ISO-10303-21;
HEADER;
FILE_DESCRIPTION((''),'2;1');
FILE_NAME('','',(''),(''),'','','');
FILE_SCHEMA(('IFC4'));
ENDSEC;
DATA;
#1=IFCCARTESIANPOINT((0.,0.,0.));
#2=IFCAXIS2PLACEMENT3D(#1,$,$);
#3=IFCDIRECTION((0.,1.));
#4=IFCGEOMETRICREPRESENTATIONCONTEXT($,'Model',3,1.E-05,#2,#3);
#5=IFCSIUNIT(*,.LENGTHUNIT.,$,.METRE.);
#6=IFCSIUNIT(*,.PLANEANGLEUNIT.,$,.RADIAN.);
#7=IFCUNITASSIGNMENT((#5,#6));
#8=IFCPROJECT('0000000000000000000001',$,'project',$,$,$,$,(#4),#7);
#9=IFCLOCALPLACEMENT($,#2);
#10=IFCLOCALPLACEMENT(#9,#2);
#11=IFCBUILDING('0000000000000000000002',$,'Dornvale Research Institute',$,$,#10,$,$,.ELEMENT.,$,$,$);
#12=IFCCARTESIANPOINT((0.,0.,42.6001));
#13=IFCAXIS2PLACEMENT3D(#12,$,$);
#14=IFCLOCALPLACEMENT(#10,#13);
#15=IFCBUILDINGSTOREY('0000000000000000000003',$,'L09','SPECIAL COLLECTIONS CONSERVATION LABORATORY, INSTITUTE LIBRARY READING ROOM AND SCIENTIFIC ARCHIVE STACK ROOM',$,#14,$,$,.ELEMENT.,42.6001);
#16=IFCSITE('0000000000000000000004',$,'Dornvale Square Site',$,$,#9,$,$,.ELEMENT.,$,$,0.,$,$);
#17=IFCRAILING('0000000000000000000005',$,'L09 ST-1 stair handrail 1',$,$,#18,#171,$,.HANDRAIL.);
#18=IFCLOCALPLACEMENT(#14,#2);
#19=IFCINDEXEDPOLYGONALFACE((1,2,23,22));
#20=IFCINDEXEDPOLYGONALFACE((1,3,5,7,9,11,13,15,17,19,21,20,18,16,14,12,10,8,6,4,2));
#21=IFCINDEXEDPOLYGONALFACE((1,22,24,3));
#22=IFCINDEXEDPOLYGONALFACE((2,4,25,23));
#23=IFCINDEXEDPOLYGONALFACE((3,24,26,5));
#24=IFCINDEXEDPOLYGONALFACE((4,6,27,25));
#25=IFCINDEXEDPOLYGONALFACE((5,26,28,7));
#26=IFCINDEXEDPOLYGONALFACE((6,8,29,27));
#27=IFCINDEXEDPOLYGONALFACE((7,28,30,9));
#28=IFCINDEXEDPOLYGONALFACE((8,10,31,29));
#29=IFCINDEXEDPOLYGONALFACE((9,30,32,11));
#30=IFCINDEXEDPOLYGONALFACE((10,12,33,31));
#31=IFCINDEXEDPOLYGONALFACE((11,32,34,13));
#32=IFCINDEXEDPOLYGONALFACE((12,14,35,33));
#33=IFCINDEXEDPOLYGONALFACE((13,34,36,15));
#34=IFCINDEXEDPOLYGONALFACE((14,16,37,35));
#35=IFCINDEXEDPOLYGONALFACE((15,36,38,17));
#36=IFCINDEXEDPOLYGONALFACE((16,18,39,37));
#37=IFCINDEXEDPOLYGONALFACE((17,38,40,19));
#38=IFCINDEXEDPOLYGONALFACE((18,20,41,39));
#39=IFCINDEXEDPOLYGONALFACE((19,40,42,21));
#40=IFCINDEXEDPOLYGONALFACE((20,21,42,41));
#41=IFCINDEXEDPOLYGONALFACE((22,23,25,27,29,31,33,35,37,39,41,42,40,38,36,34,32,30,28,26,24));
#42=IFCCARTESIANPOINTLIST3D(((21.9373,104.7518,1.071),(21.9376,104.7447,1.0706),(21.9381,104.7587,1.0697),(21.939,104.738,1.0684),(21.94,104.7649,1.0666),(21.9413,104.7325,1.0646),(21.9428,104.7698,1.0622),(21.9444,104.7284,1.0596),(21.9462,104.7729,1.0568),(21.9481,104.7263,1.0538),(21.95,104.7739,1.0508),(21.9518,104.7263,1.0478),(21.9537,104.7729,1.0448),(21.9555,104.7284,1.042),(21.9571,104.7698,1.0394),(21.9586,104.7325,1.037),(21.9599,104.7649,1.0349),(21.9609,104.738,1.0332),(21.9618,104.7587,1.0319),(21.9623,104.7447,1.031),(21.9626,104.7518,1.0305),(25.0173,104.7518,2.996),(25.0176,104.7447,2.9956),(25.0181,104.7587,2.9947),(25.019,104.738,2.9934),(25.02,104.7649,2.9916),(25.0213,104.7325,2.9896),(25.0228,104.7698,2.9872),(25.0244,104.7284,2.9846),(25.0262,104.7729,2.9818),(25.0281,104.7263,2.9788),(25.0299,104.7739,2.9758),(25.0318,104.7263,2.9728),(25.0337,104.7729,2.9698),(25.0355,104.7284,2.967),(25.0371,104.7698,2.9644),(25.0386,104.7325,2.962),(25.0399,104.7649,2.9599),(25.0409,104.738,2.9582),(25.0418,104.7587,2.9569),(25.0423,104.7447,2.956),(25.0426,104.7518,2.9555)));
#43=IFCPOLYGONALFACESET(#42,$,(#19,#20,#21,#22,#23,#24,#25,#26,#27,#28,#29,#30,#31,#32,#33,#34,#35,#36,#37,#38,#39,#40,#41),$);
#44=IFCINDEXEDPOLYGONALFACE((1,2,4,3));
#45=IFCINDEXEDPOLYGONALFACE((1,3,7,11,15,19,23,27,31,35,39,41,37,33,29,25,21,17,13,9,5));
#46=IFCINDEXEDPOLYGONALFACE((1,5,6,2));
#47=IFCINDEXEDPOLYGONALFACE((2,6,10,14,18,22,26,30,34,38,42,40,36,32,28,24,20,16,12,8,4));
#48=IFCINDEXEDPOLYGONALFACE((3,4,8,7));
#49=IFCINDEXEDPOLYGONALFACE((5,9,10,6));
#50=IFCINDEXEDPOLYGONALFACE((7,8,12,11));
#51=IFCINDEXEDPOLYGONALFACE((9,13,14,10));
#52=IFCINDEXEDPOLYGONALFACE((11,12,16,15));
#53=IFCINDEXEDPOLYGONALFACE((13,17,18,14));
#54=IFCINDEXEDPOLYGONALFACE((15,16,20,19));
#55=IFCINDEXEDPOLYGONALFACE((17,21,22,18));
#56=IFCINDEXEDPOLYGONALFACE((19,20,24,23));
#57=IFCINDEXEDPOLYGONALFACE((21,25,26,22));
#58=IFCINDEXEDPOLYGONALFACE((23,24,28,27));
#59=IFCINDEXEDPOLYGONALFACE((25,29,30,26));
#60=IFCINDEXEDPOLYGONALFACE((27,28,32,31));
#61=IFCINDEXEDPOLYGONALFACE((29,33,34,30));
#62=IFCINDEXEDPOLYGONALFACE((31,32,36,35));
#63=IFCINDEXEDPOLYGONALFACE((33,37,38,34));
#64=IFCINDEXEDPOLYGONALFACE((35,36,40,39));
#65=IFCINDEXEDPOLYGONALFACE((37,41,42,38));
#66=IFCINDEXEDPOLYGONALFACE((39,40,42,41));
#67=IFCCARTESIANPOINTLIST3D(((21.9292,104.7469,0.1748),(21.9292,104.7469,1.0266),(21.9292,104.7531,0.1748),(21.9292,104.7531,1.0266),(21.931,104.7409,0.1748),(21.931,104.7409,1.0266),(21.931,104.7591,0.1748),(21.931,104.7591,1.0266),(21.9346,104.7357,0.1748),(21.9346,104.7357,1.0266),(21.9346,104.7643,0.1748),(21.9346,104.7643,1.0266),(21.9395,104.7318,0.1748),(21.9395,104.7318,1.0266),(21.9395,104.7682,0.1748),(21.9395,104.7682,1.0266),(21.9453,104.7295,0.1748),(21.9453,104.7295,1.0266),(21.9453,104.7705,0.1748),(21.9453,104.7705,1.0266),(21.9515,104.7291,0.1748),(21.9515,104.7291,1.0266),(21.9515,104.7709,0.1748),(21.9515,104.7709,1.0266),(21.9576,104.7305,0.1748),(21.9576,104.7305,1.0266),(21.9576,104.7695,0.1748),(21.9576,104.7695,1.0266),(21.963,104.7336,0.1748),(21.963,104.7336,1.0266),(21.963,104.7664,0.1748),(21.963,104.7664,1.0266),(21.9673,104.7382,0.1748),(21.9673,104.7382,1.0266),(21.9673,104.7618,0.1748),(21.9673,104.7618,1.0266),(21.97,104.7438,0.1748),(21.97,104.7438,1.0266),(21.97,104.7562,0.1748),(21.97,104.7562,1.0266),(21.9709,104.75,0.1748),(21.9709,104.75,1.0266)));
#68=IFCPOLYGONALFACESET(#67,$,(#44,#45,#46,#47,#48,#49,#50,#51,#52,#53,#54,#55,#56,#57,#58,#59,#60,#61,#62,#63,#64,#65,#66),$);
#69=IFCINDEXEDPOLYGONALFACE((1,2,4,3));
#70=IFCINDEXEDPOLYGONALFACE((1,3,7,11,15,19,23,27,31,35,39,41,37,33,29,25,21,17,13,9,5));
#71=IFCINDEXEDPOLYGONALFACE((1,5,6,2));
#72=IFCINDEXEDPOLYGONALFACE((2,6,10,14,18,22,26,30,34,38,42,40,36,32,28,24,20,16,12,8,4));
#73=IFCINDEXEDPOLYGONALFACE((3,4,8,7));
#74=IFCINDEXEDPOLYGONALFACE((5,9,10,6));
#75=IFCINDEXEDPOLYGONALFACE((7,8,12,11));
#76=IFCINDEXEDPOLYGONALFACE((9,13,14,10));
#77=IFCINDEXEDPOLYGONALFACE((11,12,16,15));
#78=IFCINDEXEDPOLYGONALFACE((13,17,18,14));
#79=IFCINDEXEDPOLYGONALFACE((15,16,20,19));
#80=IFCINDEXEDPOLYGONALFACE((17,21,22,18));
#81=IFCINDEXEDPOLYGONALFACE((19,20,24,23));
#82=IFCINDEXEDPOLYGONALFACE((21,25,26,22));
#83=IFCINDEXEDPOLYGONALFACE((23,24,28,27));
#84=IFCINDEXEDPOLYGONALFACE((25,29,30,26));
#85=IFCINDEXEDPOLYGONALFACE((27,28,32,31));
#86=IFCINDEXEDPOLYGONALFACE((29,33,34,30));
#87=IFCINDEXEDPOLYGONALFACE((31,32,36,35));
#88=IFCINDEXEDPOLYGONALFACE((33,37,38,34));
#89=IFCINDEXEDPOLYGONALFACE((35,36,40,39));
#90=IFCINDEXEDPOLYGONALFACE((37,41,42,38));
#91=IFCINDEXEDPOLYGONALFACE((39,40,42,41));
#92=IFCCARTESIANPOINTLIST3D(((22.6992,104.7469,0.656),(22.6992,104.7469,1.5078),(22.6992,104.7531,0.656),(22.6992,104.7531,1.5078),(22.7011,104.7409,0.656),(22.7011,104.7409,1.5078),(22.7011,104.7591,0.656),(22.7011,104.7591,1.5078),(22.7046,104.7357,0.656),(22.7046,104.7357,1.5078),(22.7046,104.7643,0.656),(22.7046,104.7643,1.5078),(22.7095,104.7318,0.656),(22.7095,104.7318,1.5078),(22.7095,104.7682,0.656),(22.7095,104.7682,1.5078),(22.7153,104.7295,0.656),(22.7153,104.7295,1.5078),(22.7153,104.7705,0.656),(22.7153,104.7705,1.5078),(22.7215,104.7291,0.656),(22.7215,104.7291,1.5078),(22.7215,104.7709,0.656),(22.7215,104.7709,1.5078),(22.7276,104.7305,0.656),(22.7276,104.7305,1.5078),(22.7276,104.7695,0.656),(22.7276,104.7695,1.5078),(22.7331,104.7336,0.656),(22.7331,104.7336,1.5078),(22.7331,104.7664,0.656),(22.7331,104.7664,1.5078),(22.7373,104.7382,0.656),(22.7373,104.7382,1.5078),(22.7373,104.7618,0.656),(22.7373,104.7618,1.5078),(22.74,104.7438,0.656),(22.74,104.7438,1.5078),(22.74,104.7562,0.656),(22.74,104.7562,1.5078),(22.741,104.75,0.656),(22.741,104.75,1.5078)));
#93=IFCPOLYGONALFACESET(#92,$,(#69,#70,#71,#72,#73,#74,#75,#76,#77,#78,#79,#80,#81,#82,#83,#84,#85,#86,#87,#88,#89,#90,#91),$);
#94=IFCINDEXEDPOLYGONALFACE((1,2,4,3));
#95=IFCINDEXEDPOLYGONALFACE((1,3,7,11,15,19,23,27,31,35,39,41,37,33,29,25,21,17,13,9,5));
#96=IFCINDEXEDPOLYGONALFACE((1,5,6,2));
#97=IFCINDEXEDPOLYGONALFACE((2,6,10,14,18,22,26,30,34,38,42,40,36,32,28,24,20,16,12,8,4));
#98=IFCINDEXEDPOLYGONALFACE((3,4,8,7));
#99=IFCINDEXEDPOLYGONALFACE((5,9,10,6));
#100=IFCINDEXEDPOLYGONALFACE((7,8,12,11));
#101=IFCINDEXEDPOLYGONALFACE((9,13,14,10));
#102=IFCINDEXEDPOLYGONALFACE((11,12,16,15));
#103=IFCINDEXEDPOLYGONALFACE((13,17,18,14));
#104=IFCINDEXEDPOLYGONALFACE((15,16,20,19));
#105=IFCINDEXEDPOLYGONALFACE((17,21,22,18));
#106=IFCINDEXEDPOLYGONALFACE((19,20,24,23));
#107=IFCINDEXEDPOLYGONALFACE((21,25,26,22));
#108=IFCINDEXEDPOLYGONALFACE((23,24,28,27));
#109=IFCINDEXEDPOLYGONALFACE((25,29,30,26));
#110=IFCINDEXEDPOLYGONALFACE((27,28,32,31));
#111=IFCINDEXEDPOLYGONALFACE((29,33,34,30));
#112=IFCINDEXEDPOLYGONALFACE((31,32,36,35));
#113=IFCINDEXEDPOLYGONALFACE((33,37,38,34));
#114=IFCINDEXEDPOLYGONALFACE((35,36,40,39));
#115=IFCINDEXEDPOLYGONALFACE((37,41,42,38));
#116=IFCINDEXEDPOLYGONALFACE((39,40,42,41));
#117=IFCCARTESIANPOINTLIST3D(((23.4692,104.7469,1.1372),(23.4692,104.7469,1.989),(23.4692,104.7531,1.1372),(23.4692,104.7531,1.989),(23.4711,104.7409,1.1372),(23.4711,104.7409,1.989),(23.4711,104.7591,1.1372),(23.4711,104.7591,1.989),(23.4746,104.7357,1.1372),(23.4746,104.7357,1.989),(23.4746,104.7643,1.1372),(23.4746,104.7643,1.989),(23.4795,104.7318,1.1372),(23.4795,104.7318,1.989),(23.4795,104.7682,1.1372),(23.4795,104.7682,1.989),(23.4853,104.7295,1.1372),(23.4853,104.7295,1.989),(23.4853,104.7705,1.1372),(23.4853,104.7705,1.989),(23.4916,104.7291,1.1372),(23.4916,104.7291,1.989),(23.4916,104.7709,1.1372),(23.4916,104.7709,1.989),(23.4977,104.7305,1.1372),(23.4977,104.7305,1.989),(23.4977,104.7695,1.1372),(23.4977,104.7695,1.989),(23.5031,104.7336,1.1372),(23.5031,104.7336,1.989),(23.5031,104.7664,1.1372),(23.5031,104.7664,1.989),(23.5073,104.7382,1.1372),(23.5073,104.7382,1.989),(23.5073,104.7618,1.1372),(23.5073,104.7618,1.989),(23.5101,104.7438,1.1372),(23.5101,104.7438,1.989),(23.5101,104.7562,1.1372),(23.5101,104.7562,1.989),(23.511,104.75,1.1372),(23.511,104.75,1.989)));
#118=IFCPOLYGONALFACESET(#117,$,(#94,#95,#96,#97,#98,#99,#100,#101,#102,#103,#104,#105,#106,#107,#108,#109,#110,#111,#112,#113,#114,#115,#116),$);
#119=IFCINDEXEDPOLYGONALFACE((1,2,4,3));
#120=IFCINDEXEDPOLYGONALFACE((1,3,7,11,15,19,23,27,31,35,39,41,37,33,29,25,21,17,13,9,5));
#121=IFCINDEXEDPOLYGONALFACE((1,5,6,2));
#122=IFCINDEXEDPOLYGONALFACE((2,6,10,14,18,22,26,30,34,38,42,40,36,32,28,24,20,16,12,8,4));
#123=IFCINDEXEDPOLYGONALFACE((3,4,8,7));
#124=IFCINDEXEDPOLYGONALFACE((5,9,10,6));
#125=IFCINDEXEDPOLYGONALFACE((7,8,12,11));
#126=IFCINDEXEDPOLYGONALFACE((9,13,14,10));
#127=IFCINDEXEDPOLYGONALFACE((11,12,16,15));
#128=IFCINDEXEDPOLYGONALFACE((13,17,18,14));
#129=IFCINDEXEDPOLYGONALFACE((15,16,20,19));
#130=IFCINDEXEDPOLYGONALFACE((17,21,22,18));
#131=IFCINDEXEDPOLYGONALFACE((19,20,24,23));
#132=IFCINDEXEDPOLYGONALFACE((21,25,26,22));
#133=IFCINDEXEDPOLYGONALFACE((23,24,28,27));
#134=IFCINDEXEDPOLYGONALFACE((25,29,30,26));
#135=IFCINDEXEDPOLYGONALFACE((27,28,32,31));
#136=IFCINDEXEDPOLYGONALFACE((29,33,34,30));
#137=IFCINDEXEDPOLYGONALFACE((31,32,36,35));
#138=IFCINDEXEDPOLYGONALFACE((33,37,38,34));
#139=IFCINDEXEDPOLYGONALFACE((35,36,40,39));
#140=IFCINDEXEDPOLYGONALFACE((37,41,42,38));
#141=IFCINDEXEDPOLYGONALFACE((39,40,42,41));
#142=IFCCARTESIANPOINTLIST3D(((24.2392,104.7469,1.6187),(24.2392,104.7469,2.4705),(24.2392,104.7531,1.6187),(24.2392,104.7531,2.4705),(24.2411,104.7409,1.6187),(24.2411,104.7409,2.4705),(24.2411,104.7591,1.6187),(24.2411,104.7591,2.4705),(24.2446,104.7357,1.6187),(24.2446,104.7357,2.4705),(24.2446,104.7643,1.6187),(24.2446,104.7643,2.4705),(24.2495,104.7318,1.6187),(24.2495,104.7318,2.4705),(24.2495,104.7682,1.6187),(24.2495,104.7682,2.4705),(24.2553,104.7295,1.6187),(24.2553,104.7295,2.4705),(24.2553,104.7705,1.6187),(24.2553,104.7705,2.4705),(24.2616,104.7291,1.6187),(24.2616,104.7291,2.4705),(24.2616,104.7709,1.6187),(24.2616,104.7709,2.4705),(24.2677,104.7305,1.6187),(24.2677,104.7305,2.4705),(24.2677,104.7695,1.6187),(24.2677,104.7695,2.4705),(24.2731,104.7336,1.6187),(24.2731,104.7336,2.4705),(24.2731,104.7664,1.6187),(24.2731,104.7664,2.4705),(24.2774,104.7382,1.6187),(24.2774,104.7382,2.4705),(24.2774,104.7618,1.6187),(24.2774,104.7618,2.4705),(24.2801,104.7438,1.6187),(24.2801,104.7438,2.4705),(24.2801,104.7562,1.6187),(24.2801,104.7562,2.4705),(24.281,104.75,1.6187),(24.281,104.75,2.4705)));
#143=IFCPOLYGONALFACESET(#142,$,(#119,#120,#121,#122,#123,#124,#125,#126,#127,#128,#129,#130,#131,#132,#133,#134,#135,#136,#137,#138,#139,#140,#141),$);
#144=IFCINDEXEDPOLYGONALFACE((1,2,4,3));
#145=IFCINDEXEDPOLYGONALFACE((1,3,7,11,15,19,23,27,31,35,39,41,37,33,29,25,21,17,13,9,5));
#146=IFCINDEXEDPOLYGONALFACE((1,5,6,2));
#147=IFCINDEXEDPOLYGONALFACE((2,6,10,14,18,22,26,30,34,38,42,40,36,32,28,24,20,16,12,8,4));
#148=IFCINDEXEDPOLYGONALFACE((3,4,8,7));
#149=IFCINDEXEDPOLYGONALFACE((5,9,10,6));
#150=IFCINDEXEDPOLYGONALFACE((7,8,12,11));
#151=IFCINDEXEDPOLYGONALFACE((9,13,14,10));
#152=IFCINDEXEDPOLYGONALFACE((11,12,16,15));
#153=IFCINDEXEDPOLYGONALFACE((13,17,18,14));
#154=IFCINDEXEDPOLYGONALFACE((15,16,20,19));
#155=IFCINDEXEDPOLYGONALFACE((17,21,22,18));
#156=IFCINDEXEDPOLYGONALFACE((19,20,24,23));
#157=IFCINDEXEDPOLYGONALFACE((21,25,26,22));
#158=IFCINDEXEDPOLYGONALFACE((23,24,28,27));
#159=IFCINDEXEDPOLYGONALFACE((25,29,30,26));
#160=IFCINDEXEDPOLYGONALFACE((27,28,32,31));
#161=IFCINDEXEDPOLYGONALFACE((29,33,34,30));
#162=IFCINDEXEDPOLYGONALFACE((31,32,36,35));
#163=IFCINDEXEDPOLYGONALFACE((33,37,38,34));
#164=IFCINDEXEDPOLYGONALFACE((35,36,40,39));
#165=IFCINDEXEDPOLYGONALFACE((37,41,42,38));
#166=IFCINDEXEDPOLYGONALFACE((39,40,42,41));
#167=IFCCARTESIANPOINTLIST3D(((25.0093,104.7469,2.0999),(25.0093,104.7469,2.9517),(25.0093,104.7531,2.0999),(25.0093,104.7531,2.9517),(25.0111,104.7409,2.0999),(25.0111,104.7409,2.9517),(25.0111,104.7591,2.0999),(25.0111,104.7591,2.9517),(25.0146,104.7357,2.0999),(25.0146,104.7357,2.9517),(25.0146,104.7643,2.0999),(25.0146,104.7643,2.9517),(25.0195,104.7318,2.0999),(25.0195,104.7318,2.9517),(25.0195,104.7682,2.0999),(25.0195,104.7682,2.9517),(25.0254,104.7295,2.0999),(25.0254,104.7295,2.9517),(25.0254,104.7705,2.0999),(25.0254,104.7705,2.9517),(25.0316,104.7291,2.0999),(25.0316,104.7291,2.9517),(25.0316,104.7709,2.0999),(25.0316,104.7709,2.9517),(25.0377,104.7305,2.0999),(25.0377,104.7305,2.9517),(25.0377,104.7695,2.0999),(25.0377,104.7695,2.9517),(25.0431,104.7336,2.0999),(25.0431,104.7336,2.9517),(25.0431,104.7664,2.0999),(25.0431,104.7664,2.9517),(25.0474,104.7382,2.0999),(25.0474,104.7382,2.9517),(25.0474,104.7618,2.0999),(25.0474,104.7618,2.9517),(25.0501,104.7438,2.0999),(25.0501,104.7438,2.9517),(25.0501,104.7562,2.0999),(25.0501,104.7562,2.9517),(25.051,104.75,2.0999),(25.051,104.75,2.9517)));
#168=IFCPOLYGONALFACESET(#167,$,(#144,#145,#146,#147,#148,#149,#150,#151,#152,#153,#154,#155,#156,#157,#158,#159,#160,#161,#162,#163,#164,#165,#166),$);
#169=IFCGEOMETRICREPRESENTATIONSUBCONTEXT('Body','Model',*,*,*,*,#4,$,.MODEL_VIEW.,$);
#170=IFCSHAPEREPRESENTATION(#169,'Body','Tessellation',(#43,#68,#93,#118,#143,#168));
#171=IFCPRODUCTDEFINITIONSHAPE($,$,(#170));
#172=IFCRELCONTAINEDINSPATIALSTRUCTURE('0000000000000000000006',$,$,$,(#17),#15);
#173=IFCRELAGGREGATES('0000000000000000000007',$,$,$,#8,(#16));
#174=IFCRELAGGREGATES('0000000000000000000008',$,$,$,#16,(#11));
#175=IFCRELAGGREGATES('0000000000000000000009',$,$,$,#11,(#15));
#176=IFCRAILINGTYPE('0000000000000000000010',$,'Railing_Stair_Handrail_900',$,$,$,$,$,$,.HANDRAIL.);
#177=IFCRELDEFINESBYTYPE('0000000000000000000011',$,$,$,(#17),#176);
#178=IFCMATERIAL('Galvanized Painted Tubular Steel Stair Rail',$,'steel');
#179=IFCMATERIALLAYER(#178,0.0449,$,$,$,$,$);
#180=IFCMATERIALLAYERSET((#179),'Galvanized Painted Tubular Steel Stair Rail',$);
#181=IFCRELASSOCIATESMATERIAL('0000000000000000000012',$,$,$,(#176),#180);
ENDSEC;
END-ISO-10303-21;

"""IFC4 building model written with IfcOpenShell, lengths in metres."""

from ifc_helpers import new_model, si_unit, direction, frame, origin, origin_2d, place, context, subcontext, project, spatial, circle, extrude, material, layer, layer_set, type_object, element, save


model = new_model("IFC4")

# Units and contexts
model_context = context("Model", 3, precision=1e-05, world=origin(), true_north=direction((0.0, 1.0)))
body_context = subcontext(model_context, "Body", "Model", "MODEL_VIEW")
ifc_project = project(units=[si_unit("LENGTHUNIT", "METRE"), si_unit("PLANEANGLEUNIT", "RADIAN")], contexts=[model_context])

# Site, building, storey
site_placement = place(None, origin())
site = spatial("IfcSite", under=ifc_project, at=site_placement, Name="Dornvale Square Site", CompositionType="ELEMENT", RefElevation=0.0)
building_placement = place(site_placement, origin())
building = spatial("IfcBuilding", under=site, at=building_placement, Name="Dornvale Research Institute", CompositionType="ELEMENT")
storey_placement = place(building_placement, frame((0.0, 0.0, 42.6001)))
storey = spatial("IfcBuildingStorey", under=building, at=storey_placement, Name="L09", Description="SPECIAL COLLECTIONS CONSERVATION LABORATORY, INSTITUTE LIBRARY READING ROOM AND SCIENTIFIC ARCHIVE STACK ROOM", CompositionType="ELEMENT", Elevation=42.6001)

# Railing
ifc_material_1 = material(Name="Galvanized Painted Tubular Steel Stair Rail", Category="steel")
ifc_layer_1 = layer(ifc_material_1, 0.0449)
ifc_layer_set_1 = layer_set([ifc_layer_1], Name="Galvanized Painted Tubular Steel Stair Rail")
railing_type = type_object("IfcRailingType", Name="Railing_Stair_Handrail_900", PredefinedType="HANDRAIL", material=ifc_layer_set_1)
railing_placement = place(storey_placement, frame((21.95, 104.75, 0.1748)))
element("IfcRailing", 1, at=railing_placement, inside=storey, type_object=railing_type, Name="L09 ST-1 stair handrail 1", PredefinedType="HANDRAIL", context=body_context, shape_type="SweptSolid", body=[
    extrude(circle(Radius=0.0239, at=origin_2d()), frame((0.0, 0.0, 0.876), z_axis=(0.847998, 0.0, 0.529999), x_axis=(0.0, 1.0, 0.0)), (0.0, 0.0, 1.0), 3.6321),
    extrude(circle(Radius=0.021, at=origin_2d()), origin(), (0.0, 0.0, 1.0), 0.8518),
    extrude(circle(Radius=0.021, at=origin_2d()), frame((0.77, 0.0, 0.4812)), (0.0, 0.0, 1.0), 0.8518),
    extrude(circle(Radius=0.021, at=origin_2d()), frame((1.54, 0.0, 0.9624)), (0.0, 0.0, 1.0), 0.8518),
    extrude(circle(Radius=0.021, at=origin_2d()), frame((2.3101, 0.0, 1.4438)), (0.0, 0.0, 1.0), 0.8518),
    extrude(circle(Radius=0.021, at=origin_2d()), frame((3.0801, 0.0, 1.925)), (0.0, 0.0, 1.0), 0.8518),
])

save(model, "model.ifc")
